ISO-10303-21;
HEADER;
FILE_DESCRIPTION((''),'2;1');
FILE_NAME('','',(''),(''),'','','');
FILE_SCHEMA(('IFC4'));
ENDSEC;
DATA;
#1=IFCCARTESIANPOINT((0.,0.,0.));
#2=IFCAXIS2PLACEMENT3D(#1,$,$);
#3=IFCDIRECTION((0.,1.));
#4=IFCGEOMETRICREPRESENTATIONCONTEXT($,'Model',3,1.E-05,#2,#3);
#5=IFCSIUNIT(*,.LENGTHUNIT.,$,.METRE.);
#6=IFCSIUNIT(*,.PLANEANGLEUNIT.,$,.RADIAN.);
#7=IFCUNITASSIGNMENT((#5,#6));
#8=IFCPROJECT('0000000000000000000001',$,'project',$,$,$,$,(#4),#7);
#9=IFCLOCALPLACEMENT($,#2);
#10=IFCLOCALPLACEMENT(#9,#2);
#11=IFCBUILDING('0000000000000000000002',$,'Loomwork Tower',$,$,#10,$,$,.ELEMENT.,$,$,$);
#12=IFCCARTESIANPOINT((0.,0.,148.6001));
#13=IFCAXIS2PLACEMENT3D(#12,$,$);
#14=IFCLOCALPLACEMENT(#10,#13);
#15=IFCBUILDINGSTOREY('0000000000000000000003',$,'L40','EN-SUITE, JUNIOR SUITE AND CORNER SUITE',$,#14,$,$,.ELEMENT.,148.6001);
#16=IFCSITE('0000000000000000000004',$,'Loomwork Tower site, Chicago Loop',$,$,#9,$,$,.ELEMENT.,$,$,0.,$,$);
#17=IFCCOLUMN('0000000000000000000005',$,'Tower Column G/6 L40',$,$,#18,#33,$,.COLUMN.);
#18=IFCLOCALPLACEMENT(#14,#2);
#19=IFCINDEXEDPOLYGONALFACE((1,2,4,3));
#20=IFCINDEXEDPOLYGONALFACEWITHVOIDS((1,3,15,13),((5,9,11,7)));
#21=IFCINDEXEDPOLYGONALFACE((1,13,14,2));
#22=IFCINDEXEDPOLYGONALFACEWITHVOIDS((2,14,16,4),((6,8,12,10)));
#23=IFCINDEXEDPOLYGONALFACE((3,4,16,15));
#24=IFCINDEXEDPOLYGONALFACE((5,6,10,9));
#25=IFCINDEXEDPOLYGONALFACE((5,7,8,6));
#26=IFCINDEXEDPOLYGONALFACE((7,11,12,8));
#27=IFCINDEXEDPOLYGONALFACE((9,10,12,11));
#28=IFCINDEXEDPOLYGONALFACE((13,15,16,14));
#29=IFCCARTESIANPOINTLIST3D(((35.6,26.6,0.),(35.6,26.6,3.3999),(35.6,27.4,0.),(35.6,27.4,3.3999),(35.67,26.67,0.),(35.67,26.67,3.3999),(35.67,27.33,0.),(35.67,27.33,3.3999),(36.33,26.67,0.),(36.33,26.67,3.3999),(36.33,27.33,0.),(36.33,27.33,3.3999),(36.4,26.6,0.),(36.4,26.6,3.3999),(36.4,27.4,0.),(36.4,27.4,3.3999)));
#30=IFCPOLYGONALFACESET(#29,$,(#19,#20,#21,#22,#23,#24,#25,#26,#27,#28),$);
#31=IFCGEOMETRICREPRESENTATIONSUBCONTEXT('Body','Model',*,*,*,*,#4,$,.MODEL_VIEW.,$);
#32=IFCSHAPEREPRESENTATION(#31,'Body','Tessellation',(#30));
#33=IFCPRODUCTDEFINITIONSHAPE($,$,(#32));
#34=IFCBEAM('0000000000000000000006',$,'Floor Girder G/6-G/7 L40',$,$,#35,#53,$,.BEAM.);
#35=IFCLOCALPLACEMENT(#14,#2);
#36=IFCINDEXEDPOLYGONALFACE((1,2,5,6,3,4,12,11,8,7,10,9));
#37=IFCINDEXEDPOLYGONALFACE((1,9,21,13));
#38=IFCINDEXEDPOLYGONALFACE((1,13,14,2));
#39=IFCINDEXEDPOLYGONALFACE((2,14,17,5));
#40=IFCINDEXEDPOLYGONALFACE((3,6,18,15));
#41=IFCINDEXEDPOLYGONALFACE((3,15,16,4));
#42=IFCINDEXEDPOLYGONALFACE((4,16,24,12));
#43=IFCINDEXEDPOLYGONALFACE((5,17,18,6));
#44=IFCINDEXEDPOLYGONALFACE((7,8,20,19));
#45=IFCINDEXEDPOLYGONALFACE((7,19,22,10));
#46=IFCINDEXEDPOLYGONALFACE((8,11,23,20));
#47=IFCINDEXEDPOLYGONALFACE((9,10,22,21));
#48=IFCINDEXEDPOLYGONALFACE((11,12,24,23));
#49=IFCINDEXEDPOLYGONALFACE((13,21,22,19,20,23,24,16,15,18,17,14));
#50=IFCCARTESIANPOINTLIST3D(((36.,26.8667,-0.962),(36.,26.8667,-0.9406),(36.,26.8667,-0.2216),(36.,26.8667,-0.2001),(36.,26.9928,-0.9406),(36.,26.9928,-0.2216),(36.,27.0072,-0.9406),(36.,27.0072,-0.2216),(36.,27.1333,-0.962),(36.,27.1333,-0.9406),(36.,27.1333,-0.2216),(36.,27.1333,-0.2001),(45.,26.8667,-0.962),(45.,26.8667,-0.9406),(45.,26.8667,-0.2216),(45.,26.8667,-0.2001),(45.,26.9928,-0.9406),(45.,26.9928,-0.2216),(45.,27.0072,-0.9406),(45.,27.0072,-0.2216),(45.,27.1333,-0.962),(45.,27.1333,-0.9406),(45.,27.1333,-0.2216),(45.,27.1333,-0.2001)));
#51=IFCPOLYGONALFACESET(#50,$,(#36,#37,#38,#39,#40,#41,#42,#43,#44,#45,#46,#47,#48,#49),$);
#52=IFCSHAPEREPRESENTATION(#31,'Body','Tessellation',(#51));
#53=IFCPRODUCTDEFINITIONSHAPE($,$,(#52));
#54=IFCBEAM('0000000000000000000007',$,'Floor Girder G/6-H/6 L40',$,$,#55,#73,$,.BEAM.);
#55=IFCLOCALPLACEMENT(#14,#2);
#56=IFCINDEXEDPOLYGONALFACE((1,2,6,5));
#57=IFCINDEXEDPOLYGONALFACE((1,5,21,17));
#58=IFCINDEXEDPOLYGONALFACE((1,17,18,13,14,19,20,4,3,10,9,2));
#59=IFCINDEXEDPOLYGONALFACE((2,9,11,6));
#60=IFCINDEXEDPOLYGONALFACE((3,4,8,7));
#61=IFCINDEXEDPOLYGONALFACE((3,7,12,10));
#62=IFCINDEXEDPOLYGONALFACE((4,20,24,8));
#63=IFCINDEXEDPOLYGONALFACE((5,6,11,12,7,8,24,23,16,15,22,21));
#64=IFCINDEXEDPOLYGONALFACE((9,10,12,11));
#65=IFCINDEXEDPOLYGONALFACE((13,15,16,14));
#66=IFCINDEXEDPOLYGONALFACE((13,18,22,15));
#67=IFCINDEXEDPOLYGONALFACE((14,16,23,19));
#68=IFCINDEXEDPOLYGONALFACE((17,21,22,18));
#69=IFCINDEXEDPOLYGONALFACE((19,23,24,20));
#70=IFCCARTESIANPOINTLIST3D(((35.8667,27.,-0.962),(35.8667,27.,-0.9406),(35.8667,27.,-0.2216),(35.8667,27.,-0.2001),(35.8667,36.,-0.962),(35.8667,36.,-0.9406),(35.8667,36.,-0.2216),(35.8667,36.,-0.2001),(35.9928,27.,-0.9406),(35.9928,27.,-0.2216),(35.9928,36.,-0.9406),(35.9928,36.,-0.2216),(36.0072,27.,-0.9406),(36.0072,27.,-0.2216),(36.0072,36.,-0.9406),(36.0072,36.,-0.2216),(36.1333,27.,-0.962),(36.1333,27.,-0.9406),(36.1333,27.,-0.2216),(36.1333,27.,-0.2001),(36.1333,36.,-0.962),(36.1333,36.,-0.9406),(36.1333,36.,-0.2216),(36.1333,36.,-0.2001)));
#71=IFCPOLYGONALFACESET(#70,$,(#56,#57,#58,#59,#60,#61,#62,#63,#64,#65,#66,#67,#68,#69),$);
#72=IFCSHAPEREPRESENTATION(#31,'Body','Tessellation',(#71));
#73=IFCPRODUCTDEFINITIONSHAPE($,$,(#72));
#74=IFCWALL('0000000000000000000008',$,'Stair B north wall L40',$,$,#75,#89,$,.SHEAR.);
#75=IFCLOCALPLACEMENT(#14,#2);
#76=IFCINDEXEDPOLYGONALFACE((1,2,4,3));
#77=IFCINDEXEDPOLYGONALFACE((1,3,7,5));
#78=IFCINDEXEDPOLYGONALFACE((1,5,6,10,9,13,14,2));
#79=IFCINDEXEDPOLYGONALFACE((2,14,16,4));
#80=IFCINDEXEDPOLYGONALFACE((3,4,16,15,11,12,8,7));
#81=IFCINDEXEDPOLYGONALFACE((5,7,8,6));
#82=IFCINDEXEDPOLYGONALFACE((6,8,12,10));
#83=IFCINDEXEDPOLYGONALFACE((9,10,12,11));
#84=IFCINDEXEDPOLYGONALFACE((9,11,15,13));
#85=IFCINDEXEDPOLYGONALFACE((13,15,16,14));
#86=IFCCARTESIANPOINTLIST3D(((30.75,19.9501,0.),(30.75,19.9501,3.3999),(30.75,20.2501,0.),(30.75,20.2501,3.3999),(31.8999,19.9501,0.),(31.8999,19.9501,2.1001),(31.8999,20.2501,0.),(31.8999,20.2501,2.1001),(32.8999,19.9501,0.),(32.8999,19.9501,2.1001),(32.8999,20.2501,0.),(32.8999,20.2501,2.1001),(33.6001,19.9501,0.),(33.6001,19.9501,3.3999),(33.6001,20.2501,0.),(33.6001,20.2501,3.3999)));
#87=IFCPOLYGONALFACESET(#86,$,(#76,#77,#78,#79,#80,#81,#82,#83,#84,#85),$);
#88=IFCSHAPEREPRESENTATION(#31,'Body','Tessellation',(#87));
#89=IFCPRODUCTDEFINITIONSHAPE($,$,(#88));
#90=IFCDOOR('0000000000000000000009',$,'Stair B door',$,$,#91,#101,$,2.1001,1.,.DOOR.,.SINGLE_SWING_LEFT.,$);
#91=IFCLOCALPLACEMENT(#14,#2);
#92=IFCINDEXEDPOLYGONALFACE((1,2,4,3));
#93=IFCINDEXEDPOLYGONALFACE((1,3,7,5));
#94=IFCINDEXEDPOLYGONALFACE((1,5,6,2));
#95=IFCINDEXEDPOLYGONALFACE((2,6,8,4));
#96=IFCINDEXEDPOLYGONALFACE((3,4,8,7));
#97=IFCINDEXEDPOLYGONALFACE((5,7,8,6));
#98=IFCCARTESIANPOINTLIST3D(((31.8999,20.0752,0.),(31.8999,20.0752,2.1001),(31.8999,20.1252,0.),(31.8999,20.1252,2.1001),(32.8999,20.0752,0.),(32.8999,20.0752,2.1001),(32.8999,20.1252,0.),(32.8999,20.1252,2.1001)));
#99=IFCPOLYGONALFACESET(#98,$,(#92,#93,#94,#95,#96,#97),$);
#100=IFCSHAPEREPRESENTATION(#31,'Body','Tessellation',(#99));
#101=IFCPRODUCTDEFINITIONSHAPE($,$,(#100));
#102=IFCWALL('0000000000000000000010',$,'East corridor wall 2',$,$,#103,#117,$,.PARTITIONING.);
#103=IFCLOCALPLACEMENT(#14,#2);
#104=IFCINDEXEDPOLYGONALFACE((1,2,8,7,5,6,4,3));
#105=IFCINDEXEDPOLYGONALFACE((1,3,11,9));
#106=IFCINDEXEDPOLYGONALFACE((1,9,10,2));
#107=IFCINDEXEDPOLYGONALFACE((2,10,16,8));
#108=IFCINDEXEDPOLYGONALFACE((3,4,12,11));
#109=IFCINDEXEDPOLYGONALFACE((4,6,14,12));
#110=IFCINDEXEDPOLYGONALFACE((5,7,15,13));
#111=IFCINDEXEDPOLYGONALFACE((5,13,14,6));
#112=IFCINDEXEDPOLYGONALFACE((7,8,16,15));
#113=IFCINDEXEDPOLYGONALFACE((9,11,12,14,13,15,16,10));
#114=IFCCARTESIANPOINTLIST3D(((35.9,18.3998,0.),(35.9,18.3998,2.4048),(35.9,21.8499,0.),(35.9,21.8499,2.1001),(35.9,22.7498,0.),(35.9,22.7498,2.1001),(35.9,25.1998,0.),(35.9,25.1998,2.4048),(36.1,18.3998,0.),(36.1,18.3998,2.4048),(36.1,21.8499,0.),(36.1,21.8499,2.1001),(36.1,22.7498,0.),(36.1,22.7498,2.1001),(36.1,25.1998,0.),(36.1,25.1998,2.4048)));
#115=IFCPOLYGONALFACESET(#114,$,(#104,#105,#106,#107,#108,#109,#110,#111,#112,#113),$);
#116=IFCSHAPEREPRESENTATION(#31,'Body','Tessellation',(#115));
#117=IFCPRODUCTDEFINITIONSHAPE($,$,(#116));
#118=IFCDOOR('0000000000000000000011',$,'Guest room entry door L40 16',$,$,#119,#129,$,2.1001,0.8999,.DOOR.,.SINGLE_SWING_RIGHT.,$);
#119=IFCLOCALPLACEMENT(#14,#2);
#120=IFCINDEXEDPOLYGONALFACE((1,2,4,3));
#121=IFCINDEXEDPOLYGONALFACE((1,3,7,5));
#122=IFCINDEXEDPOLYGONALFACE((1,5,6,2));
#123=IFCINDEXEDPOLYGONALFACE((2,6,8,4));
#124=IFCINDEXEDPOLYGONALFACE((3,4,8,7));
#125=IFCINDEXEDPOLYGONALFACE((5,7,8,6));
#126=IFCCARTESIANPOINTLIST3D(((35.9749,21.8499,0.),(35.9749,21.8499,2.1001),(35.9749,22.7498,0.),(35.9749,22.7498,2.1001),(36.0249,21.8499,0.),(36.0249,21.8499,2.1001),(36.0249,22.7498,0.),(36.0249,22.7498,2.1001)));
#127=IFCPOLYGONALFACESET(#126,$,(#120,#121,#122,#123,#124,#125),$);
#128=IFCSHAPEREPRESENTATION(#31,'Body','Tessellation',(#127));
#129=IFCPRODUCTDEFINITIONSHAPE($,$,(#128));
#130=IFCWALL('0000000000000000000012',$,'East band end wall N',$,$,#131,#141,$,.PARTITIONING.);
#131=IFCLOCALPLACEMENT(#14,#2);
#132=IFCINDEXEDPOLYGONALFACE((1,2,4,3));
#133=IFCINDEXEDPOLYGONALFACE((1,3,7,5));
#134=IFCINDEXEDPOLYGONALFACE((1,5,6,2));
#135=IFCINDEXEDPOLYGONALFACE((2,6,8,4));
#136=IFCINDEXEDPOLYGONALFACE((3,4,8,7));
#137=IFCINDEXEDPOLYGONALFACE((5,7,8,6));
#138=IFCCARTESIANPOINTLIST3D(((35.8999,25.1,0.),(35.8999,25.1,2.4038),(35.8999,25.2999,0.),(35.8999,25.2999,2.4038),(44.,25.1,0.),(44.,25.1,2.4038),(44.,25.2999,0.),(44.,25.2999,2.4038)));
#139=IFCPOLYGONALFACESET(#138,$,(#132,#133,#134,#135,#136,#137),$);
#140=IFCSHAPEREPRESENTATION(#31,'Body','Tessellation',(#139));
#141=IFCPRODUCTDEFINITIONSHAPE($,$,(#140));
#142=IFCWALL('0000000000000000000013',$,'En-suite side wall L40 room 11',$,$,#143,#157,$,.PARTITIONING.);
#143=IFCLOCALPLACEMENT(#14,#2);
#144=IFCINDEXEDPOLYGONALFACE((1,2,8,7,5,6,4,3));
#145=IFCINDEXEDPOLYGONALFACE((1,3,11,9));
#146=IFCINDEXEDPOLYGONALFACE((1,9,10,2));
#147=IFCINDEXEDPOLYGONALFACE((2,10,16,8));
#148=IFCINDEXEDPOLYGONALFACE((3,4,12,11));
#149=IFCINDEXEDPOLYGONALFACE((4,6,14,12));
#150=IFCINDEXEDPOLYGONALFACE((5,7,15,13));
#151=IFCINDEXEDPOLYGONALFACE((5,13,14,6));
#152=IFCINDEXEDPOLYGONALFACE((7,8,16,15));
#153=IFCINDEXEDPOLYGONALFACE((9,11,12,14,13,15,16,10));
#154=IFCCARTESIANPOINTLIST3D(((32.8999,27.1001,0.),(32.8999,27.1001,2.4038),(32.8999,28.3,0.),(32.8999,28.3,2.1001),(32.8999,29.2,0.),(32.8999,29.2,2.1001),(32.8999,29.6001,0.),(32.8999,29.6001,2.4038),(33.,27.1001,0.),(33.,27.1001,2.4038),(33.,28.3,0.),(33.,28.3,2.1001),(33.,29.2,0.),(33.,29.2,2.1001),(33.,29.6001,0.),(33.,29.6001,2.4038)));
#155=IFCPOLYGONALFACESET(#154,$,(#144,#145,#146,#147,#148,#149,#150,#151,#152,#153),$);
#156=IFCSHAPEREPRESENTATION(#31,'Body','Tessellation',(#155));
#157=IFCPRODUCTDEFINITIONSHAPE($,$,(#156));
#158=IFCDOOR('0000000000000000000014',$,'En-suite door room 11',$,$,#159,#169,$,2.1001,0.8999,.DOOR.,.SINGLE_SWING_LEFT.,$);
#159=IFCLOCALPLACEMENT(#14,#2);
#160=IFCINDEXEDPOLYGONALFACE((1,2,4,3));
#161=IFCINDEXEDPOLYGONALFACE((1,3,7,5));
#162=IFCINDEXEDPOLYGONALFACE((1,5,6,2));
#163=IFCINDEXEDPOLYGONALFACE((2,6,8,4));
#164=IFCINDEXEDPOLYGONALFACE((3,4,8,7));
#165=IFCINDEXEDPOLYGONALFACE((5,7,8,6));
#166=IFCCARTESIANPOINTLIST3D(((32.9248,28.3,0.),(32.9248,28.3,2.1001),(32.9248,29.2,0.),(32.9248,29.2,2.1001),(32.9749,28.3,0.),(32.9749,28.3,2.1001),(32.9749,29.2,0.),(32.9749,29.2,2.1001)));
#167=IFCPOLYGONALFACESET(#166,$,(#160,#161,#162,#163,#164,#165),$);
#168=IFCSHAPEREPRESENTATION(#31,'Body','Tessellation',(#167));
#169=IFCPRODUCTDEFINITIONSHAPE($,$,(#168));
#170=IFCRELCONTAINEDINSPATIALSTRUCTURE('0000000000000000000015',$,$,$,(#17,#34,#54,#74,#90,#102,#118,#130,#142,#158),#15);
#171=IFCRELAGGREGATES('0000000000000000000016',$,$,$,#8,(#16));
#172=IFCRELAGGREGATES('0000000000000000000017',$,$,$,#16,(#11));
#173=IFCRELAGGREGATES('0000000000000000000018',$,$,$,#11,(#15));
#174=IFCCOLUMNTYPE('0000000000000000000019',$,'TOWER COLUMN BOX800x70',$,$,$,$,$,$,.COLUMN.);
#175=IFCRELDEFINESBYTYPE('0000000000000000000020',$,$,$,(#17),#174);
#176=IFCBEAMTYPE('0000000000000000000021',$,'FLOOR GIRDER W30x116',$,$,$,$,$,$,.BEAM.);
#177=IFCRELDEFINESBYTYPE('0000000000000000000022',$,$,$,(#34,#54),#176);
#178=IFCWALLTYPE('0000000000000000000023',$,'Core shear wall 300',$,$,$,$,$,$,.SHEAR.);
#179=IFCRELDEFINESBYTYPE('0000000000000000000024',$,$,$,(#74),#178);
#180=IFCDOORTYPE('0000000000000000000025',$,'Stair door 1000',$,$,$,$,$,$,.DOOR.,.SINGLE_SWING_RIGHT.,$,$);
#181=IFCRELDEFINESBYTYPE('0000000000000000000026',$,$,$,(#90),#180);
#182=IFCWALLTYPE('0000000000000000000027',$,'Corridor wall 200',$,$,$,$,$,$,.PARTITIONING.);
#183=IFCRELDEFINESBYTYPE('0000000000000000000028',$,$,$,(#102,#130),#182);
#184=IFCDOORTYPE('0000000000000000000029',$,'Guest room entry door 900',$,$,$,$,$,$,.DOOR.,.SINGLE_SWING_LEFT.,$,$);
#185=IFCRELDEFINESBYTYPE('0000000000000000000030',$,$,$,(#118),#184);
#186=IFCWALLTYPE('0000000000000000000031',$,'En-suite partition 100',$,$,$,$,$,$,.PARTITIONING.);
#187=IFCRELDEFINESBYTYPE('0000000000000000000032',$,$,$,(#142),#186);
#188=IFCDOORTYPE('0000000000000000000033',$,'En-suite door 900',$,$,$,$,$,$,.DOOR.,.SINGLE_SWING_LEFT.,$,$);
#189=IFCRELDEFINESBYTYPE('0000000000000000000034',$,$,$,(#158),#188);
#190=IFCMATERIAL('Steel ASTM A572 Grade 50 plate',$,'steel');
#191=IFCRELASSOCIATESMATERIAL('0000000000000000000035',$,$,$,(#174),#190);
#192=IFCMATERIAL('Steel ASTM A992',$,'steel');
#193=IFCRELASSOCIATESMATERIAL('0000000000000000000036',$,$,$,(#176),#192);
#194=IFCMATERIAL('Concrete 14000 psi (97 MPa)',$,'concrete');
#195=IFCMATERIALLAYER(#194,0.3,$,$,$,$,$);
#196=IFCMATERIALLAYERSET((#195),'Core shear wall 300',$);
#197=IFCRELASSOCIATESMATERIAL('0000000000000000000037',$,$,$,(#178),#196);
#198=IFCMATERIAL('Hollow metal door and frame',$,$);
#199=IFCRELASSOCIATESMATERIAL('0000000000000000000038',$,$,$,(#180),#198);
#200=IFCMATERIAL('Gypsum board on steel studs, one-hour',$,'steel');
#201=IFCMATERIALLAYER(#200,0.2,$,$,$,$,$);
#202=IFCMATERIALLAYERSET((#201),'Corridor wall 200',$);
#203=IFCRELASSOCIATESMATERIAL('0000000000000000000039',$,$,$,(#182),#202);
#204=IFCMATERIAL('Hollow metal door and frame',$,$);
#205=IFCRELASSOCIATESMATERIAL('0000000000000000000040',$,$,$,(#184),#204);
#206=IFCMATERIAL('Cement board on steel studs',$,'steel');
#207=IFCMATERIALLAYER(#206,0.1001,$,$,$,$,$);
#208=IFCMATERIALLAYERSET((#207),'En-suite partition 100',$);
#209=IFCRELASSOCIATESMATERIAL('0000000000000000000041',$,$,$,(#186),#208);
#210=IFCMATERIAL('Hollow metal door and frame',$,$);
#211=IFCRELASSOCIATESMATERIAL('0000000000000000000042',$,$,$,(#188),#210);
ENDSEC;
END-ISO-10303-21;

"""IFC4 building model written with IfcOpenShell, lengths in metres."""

from ifc_helpers import new_model, si_unit, direction, frame, frame_2d, origin, origin_2d, place, context, subcontext, project, spatial, rectangle, hollow_rectangle, i_section, extrude, material, layer, layer_set, material_profile, profile_set, type_object, element, fill, save


model = new_model("IFC4")

# Units and contexts
model_context = context("Model", 3, precision=1e-05, world=origin(), true_north=direction((0.0, 1.0)))
body_context = subcontext(model_context, "Body", "Model", "MODEL_VIEW")
ifc_project = project(units=[si_unit("LENGTHUNIT", "METRE"), si_unit("PLANEANGLEUNIT", "RADIAN")], contexts=[model_context])

# Site, building, storey
site_placement = place(None, origin())
site = spatial("IfcSite", under=ifc_project, at=site_placement, Name="Loomwork Tower site, Chicago Loop", CompositionType="ELEMENT", RefElevation=0.0)
building_placement = place(site_placement, origin())
building = spatial("IfcBuilding", under=site, at=building_placement, Name="Loomwork Tower", CompositionType="ELEMENT")
storey_placement = place(building_placement, frame((0.0, 0.0, 148.6001)))
storey = spatial("IfcBuildingStorey", under=building, at=storey_placement, Name="L40", Description="EN-SUITE, JUNIOR SUITE AND CORNER SUITE", CompositionType="ELEMENT", Elevation=148.6001)

# Column
ifc_material_1 = material(Name="Steel ASTM A572 Grade 50 plate", Category="steel")
ifc_material_profile_1 = material_profile(ifc_material_1, hollow_rectangle(XDim=0.8, YDim=0.8, WallThickness=0.0701, at=origin_2d()), Name="BOX800x70")
ifc_profile_set_1 = profile_set([ifc_material_profile_1], Name="Steel ASTM A572 Grade 50 plate")
column_type = type_object("IfcColumnType", Name="TOWER COLUMN BOX800x70", PredefinedType="COLUMN", material=ifc_profile_set_1)
column_placement = place(storey_placement, frame((36.0, 27.0, 0.0), z_axis=(0.0, 0.0, 1.0), x_axis=(1.0, 0.0, 0.0)))
element("IfcColumn", 1, at=column_placement, inside=storey, type_object=column_type, Name="Tower Column G/6 L40", PredefinedType="COLUMN", context=body_context, shape_type="SweptSolid", body=[
    extrude(hollow_rectangle(XDim=0.8, YDim=0.8, WallThickness=0.0701, at=origin_2d()), origin(), (0.0, 0.0, 1.0), 3.3999),
])

# Beams
ifc_material_2 = material(Name="Steel ASTM A992", Category="steel")
ifc_material_profile_2 = material_profile(ifc_material_2, i_section(OverallWidth=0.2666, OverallDepth=0.762, WebThickness=0.0144, FlangeThickness=0.0215, at=origin_2d()), Name="W30x116")
ifc_profile_set_2 = profile_set([ifc_material_profile_2], Name="Steel ASTM A992")
beam_type = type_object("IfcBeamType", Name="FLOOR GIRDER W30x116", PredefinedType="BEAM", material=ifc_profile_set_2)
for number, where, z_axis, x_axis, name in (
    (2, (36.0, 27.0, -0.5811), (1.0, 0.0, 0.0), (0.0, 1.0, 0.0), "Floor Girder G/6-G/7 L40"),
    (3, (36.0, 27.0, -0.5811), (0.0, 1.0, 0.0), (-1.0, 0.0, 0.0), "Floor Girder G/6-H/6 L40"),
):
    element("IfcBeam", number, at=place(storey_placement, frame(where, z_axis=z_axis, x_axis=x_axis)), inside=storey, type_object=beam_type, Name=name, PredefinedType="BEAM", context=body_context, shape_type="SweptSolid", body=[
        extrude(i_section(OverallWidth=0.2666, OverallDepth=0.762, WebThickness=0.0144, FlangeThickness=0.0215, at=origin_2d()), origin(), (0.0, 0.0, 1.0), 9.0),
    ])

# Walls, openings, doors
ifc_material_3 = material(Name="Concrete 14000 psi (97 MPa)", Category="concrete")
ifc_layer_1 = layer(ifc_material_3, 0.3)
ifc_layer_set_1 = layer_set([ifc_layer_1], Name="Core shear wall 300")
wall_type_1 = type_object("IfcWallType", Name="Core shear wall 300", PredefinedType="SHEAR", material=ifc_layer_set_1)
wall_1_placement = place(storey_placement, frame((30.75, 20.1001, 0.0), z_axis=(0.0, 0.0, 1.0), x_axis=(1.0, 0.0, 0.0)))
wall_1 = element("IfcWall", 4, at=wall_1_placement, inside=storey, type_object=wall_type_1, Name="Stair B north wall L40", PredefinedType="SHEAR", context=body_context, shape_type="SweptSolid", body=[
    extrude(rectangle(XDim=2.8501, YDim=0.3, at=frame_2d((1.425, 0.0))), origin(), (0.0, 0.0, 1.0), 3.3999),
])
opening_1_placement = place(wall_1_placement, frame((1.1499, 0.0, 0.0)))
opening_1 = element("IfcOpeningElement", 5, at=opening_1_placement, cuts=wall_1, PredefinedType="OPENING", context=body_context, shape_type="SweptSolid", body=[
    extrude(rectangle(XDim=1.0, YDim=2.1001, at=frame_2d((0.5, 1.05))), frame((0.0, 0.1599, 0.0), z_axis=(0.0, -1.0, 0.0), x_axis=(1.0, 0.0, 0.0)), (0.0, 0.0, 1.0), 0.3201),
])
ifc_material_4 = material(Name="Hollow metal door and frame")
door_type_1 = type_object("IfcDoorType", Name="Stair door 1000", OperationType="SINGLE_SWING_RIGHT", PredefinedType="DOOR", material=ifc_material_4)
door_1_placement = place(opening_1_placement, frame((1.0, 0.0, 0.0), z_axis=(0.0, 0.0, 1.0), x_axis=(-1.0, 0.0, 0.0)))
door_1 = element("IfcDoor", 6, at=door_1_placement, inside=storey, type_object=door_type_1, Name="Stair B door", OperationType="SINGLE_SWING_LEFT", OverallHeight=2.1001, OverallWidth=1.0, PredefinedType="DOOR", context=body_context, shape_type="SweptSolid", body=[
    extrude(rectangle(XDim=1.0, YDim=2.1001, at=frame_2d((0.5, 1.05))), frame((0.0, 0.0249, 0.0), z_axis=(0.0, -1.0, 0.0), x_axis=(1.0, 0.0, 0.0)), (0.0, 0.0, 1.0), 0.05),
])
fill(opening_1, door_1)
ifc_material_5 = material(Name="Gypsum board on steel studs, one-hour", Category="steel")
ifc_layer_2 = layer(ifc_material_5, 0.2)
ifc_layer_set_2 = layer_set([ifc_layer_2], Name="Corridor wall 200")
wall_type_2 = type_object("IfcWallType", Name="Corridor wall 200", PredefinedType="PARTITIONING", material=ifc_layer_set_2)
wall_2_placement = place(storey_placement, frame((36.0, 18.3999, 0.0), z_axis=(0.0, 0.0, 1.0), x_axis=(0.0, 1.0, 0.0)))
wall_2 = element("IfcWall", 7, at=wall_2_placement, inside=storey, type_object=wall_type_2, Name="East corridor wall 2", PredefinedType="PARTITIONING", context=body_context, shape_type="SweptSolid", body=[
    extrude(rectangle(XDim=6.8, YDim=0.2, at=frame_2d((3.3999, 0.0))), origin(), (0.0, 0.0, 1.0), 2.4048),
])
opening_2_placement = place(wall_2_placement, frame((3.45, 0.0, 0.0)))
opening_2 = element("IfcOpeningElement", 8, at=opening_2_placement, cuts=wall_2, PredefinedType="OPENING", context=body_context, shape_type="SweptSolid", body=[
    extrude(rectangle(XDim=0.8999, YDim=2.1001, at=frame_2d((0.45, 1.05))), frame((0.0, 0.1099, 0.0), z_axis=(0.0, -1.0, 0.0), x_axis=(1.0, 0.0, 0.0)), (0.0, 0.0, 1.0), 0.22),
])
ifc_material_6 = material(Name="Hollow metal door and frame")
door_type_2 = type_object("IfcDoorType", Name="Guest room entry door 900", OperationType="SINGLE_SWING_LEFT", PredefinedType="DOOR", material=ifc_material_6)
door_2_placement = place(opening_2_placement, frame((0.8999, 0.0, 0.0), z_axis=(0.0, 0.0, 1.0), x_axis=(-1.0, 0.0, 0.0)))
door_2 = element("IfcDoor", 9, at=door_2_placement, inside=storey, type_object=door_type_2, Name="Guest room entry door L40 16", OperationType="SINGLE_SWING_RIGHT", OverallHeight=2.1001, OverallWidth=0.8999, PredefinedType="DOOR", context=body_context, shape_type="SweptSolid", body=[
    extrude(rectangle(XDim=0.8999, YDim=2.1001, at=frame_2d((0.45, 1.05))), frame((0.0, 0.0249, 0.0), z_axis=(0.0, -1.0, 0.0), x_axis=(1.0, 0.0, 0.0)), (0.0, 0.0, 1.0), 0.05),
])
fill(opening_2, door_2)

# Wall
wall_3_placement = place(storey_placement, frame((35.8999, 25.2, 0.0), z_axis=(0.0, 0.0, 1.0), x_axis=(1.0, 0.0, 0.0)))
element("IfcWall", 10, at=wall_3_placement, inside=storey, type_object=wall_type_2, Name="East band end wall N", PredefinedType="PARTITIONING", context=body_context, shape_type="SweptSolid", body=[
    extrude(rectangle(XDim=8.1001, YDim=0.2, at=frame_2d((4.05, 0.0))), origin(), (0.0, 0.0, 1.0), 2.4038),
])

# Wall, opening, door
ifc_material_7 = material(Name="Cement board on steel studs", Category="steel")
ifc_layer_3 = layer(ifc_material_7, 0.1001)
ifc_layer_set_3 = layer_set([ifc_layer_3], Name="En-suite partition 100")
wall_type_3 = type_object("IfcWallType", Name="En-suite partition 100", PredefinedType="PARTITIONING", material=ifc_layer_set_3)
wall_4_placement = place(storey_placement, frame((32.95, 27.1001, 0.0), z_axis=(0.0, 0.0, 1.0), x_axis=(0.0, 1.0, 0.0)))
wall_4 = element("IfcWall", 11, at=wall_4_placement, inside=storey, type_object=wall_type_3, Name="En-suite side wall L40 room 11", PredefinedType="PARTITIONING", context=body_context, shape_type="SweptSolid", body=[
    extrude(rectangle(XDim=2.5, YDim=0.1001, at=frame_2d((1.25, 0.0))), origin(), (0.0, 0.0, 1.0), 2.4038),
])
opening_3_placement = place(wall_4_placement, frame((1.2, 0.0, 0.0)))
opening_3 = element("IfcOpeningElement", 12, at=opening_3_placement, cuts=wall_4, PredefinedType="OPENING", context=body_context, shape_type="SweptSolid", body=[
    extrude(rectangle(XDim=0.8999, YDim=2.1001, at=frame_2d((0.45, 1.05))), frame((0.0, 0.0601, 0.0), z_axis=(0.0, -1.0, 0.0), x_axis=(1.0, 0.0, 0.0)), (0.0, 0.0, 1.0), 0.1201),
])
ifc_material_8 = material(Name="Hollow metal door and frame")
door_type_3 = type_object("IfcDoorType", Name="En-suite door 900", OperationType="SINGLE_SWING_LEFT", PredefinedType="DOOR", material=ifc_material_8)
door_3_placement = place(opening_3_placement, frame((0.8999, 0.0, 0.0), z_axis=(0.0, 0.0, 1.0), x_axis=(-1.0, 0.0, 0.0)))
door_3 = element("IfcDoor", 13, at=door_3_placement, inside=storey, type_object=door_type_3, Name="En-suite door room 11", OperationType="SINGLE_SWING_LEFT", OverallHeight=2.1001, OverallWidth=0.8999, PredefinedType="DOOR", context=body_context, shape_type="SweptSolid", body=[
    extrude(rectangle(XDim=0.8999, YDim=2.1001, at=frame_2d((0.45, 1.05))), frame((0.0, 0.0249, 0.0), z_axis=(0.0, -1.0, 0.0), x_axis=(1.0, 0.0, 0.0)), (0.0, 0.0, 1.0), 0.05),
])
fill(opening_3, door_3)

save(model, "model.ifc")
